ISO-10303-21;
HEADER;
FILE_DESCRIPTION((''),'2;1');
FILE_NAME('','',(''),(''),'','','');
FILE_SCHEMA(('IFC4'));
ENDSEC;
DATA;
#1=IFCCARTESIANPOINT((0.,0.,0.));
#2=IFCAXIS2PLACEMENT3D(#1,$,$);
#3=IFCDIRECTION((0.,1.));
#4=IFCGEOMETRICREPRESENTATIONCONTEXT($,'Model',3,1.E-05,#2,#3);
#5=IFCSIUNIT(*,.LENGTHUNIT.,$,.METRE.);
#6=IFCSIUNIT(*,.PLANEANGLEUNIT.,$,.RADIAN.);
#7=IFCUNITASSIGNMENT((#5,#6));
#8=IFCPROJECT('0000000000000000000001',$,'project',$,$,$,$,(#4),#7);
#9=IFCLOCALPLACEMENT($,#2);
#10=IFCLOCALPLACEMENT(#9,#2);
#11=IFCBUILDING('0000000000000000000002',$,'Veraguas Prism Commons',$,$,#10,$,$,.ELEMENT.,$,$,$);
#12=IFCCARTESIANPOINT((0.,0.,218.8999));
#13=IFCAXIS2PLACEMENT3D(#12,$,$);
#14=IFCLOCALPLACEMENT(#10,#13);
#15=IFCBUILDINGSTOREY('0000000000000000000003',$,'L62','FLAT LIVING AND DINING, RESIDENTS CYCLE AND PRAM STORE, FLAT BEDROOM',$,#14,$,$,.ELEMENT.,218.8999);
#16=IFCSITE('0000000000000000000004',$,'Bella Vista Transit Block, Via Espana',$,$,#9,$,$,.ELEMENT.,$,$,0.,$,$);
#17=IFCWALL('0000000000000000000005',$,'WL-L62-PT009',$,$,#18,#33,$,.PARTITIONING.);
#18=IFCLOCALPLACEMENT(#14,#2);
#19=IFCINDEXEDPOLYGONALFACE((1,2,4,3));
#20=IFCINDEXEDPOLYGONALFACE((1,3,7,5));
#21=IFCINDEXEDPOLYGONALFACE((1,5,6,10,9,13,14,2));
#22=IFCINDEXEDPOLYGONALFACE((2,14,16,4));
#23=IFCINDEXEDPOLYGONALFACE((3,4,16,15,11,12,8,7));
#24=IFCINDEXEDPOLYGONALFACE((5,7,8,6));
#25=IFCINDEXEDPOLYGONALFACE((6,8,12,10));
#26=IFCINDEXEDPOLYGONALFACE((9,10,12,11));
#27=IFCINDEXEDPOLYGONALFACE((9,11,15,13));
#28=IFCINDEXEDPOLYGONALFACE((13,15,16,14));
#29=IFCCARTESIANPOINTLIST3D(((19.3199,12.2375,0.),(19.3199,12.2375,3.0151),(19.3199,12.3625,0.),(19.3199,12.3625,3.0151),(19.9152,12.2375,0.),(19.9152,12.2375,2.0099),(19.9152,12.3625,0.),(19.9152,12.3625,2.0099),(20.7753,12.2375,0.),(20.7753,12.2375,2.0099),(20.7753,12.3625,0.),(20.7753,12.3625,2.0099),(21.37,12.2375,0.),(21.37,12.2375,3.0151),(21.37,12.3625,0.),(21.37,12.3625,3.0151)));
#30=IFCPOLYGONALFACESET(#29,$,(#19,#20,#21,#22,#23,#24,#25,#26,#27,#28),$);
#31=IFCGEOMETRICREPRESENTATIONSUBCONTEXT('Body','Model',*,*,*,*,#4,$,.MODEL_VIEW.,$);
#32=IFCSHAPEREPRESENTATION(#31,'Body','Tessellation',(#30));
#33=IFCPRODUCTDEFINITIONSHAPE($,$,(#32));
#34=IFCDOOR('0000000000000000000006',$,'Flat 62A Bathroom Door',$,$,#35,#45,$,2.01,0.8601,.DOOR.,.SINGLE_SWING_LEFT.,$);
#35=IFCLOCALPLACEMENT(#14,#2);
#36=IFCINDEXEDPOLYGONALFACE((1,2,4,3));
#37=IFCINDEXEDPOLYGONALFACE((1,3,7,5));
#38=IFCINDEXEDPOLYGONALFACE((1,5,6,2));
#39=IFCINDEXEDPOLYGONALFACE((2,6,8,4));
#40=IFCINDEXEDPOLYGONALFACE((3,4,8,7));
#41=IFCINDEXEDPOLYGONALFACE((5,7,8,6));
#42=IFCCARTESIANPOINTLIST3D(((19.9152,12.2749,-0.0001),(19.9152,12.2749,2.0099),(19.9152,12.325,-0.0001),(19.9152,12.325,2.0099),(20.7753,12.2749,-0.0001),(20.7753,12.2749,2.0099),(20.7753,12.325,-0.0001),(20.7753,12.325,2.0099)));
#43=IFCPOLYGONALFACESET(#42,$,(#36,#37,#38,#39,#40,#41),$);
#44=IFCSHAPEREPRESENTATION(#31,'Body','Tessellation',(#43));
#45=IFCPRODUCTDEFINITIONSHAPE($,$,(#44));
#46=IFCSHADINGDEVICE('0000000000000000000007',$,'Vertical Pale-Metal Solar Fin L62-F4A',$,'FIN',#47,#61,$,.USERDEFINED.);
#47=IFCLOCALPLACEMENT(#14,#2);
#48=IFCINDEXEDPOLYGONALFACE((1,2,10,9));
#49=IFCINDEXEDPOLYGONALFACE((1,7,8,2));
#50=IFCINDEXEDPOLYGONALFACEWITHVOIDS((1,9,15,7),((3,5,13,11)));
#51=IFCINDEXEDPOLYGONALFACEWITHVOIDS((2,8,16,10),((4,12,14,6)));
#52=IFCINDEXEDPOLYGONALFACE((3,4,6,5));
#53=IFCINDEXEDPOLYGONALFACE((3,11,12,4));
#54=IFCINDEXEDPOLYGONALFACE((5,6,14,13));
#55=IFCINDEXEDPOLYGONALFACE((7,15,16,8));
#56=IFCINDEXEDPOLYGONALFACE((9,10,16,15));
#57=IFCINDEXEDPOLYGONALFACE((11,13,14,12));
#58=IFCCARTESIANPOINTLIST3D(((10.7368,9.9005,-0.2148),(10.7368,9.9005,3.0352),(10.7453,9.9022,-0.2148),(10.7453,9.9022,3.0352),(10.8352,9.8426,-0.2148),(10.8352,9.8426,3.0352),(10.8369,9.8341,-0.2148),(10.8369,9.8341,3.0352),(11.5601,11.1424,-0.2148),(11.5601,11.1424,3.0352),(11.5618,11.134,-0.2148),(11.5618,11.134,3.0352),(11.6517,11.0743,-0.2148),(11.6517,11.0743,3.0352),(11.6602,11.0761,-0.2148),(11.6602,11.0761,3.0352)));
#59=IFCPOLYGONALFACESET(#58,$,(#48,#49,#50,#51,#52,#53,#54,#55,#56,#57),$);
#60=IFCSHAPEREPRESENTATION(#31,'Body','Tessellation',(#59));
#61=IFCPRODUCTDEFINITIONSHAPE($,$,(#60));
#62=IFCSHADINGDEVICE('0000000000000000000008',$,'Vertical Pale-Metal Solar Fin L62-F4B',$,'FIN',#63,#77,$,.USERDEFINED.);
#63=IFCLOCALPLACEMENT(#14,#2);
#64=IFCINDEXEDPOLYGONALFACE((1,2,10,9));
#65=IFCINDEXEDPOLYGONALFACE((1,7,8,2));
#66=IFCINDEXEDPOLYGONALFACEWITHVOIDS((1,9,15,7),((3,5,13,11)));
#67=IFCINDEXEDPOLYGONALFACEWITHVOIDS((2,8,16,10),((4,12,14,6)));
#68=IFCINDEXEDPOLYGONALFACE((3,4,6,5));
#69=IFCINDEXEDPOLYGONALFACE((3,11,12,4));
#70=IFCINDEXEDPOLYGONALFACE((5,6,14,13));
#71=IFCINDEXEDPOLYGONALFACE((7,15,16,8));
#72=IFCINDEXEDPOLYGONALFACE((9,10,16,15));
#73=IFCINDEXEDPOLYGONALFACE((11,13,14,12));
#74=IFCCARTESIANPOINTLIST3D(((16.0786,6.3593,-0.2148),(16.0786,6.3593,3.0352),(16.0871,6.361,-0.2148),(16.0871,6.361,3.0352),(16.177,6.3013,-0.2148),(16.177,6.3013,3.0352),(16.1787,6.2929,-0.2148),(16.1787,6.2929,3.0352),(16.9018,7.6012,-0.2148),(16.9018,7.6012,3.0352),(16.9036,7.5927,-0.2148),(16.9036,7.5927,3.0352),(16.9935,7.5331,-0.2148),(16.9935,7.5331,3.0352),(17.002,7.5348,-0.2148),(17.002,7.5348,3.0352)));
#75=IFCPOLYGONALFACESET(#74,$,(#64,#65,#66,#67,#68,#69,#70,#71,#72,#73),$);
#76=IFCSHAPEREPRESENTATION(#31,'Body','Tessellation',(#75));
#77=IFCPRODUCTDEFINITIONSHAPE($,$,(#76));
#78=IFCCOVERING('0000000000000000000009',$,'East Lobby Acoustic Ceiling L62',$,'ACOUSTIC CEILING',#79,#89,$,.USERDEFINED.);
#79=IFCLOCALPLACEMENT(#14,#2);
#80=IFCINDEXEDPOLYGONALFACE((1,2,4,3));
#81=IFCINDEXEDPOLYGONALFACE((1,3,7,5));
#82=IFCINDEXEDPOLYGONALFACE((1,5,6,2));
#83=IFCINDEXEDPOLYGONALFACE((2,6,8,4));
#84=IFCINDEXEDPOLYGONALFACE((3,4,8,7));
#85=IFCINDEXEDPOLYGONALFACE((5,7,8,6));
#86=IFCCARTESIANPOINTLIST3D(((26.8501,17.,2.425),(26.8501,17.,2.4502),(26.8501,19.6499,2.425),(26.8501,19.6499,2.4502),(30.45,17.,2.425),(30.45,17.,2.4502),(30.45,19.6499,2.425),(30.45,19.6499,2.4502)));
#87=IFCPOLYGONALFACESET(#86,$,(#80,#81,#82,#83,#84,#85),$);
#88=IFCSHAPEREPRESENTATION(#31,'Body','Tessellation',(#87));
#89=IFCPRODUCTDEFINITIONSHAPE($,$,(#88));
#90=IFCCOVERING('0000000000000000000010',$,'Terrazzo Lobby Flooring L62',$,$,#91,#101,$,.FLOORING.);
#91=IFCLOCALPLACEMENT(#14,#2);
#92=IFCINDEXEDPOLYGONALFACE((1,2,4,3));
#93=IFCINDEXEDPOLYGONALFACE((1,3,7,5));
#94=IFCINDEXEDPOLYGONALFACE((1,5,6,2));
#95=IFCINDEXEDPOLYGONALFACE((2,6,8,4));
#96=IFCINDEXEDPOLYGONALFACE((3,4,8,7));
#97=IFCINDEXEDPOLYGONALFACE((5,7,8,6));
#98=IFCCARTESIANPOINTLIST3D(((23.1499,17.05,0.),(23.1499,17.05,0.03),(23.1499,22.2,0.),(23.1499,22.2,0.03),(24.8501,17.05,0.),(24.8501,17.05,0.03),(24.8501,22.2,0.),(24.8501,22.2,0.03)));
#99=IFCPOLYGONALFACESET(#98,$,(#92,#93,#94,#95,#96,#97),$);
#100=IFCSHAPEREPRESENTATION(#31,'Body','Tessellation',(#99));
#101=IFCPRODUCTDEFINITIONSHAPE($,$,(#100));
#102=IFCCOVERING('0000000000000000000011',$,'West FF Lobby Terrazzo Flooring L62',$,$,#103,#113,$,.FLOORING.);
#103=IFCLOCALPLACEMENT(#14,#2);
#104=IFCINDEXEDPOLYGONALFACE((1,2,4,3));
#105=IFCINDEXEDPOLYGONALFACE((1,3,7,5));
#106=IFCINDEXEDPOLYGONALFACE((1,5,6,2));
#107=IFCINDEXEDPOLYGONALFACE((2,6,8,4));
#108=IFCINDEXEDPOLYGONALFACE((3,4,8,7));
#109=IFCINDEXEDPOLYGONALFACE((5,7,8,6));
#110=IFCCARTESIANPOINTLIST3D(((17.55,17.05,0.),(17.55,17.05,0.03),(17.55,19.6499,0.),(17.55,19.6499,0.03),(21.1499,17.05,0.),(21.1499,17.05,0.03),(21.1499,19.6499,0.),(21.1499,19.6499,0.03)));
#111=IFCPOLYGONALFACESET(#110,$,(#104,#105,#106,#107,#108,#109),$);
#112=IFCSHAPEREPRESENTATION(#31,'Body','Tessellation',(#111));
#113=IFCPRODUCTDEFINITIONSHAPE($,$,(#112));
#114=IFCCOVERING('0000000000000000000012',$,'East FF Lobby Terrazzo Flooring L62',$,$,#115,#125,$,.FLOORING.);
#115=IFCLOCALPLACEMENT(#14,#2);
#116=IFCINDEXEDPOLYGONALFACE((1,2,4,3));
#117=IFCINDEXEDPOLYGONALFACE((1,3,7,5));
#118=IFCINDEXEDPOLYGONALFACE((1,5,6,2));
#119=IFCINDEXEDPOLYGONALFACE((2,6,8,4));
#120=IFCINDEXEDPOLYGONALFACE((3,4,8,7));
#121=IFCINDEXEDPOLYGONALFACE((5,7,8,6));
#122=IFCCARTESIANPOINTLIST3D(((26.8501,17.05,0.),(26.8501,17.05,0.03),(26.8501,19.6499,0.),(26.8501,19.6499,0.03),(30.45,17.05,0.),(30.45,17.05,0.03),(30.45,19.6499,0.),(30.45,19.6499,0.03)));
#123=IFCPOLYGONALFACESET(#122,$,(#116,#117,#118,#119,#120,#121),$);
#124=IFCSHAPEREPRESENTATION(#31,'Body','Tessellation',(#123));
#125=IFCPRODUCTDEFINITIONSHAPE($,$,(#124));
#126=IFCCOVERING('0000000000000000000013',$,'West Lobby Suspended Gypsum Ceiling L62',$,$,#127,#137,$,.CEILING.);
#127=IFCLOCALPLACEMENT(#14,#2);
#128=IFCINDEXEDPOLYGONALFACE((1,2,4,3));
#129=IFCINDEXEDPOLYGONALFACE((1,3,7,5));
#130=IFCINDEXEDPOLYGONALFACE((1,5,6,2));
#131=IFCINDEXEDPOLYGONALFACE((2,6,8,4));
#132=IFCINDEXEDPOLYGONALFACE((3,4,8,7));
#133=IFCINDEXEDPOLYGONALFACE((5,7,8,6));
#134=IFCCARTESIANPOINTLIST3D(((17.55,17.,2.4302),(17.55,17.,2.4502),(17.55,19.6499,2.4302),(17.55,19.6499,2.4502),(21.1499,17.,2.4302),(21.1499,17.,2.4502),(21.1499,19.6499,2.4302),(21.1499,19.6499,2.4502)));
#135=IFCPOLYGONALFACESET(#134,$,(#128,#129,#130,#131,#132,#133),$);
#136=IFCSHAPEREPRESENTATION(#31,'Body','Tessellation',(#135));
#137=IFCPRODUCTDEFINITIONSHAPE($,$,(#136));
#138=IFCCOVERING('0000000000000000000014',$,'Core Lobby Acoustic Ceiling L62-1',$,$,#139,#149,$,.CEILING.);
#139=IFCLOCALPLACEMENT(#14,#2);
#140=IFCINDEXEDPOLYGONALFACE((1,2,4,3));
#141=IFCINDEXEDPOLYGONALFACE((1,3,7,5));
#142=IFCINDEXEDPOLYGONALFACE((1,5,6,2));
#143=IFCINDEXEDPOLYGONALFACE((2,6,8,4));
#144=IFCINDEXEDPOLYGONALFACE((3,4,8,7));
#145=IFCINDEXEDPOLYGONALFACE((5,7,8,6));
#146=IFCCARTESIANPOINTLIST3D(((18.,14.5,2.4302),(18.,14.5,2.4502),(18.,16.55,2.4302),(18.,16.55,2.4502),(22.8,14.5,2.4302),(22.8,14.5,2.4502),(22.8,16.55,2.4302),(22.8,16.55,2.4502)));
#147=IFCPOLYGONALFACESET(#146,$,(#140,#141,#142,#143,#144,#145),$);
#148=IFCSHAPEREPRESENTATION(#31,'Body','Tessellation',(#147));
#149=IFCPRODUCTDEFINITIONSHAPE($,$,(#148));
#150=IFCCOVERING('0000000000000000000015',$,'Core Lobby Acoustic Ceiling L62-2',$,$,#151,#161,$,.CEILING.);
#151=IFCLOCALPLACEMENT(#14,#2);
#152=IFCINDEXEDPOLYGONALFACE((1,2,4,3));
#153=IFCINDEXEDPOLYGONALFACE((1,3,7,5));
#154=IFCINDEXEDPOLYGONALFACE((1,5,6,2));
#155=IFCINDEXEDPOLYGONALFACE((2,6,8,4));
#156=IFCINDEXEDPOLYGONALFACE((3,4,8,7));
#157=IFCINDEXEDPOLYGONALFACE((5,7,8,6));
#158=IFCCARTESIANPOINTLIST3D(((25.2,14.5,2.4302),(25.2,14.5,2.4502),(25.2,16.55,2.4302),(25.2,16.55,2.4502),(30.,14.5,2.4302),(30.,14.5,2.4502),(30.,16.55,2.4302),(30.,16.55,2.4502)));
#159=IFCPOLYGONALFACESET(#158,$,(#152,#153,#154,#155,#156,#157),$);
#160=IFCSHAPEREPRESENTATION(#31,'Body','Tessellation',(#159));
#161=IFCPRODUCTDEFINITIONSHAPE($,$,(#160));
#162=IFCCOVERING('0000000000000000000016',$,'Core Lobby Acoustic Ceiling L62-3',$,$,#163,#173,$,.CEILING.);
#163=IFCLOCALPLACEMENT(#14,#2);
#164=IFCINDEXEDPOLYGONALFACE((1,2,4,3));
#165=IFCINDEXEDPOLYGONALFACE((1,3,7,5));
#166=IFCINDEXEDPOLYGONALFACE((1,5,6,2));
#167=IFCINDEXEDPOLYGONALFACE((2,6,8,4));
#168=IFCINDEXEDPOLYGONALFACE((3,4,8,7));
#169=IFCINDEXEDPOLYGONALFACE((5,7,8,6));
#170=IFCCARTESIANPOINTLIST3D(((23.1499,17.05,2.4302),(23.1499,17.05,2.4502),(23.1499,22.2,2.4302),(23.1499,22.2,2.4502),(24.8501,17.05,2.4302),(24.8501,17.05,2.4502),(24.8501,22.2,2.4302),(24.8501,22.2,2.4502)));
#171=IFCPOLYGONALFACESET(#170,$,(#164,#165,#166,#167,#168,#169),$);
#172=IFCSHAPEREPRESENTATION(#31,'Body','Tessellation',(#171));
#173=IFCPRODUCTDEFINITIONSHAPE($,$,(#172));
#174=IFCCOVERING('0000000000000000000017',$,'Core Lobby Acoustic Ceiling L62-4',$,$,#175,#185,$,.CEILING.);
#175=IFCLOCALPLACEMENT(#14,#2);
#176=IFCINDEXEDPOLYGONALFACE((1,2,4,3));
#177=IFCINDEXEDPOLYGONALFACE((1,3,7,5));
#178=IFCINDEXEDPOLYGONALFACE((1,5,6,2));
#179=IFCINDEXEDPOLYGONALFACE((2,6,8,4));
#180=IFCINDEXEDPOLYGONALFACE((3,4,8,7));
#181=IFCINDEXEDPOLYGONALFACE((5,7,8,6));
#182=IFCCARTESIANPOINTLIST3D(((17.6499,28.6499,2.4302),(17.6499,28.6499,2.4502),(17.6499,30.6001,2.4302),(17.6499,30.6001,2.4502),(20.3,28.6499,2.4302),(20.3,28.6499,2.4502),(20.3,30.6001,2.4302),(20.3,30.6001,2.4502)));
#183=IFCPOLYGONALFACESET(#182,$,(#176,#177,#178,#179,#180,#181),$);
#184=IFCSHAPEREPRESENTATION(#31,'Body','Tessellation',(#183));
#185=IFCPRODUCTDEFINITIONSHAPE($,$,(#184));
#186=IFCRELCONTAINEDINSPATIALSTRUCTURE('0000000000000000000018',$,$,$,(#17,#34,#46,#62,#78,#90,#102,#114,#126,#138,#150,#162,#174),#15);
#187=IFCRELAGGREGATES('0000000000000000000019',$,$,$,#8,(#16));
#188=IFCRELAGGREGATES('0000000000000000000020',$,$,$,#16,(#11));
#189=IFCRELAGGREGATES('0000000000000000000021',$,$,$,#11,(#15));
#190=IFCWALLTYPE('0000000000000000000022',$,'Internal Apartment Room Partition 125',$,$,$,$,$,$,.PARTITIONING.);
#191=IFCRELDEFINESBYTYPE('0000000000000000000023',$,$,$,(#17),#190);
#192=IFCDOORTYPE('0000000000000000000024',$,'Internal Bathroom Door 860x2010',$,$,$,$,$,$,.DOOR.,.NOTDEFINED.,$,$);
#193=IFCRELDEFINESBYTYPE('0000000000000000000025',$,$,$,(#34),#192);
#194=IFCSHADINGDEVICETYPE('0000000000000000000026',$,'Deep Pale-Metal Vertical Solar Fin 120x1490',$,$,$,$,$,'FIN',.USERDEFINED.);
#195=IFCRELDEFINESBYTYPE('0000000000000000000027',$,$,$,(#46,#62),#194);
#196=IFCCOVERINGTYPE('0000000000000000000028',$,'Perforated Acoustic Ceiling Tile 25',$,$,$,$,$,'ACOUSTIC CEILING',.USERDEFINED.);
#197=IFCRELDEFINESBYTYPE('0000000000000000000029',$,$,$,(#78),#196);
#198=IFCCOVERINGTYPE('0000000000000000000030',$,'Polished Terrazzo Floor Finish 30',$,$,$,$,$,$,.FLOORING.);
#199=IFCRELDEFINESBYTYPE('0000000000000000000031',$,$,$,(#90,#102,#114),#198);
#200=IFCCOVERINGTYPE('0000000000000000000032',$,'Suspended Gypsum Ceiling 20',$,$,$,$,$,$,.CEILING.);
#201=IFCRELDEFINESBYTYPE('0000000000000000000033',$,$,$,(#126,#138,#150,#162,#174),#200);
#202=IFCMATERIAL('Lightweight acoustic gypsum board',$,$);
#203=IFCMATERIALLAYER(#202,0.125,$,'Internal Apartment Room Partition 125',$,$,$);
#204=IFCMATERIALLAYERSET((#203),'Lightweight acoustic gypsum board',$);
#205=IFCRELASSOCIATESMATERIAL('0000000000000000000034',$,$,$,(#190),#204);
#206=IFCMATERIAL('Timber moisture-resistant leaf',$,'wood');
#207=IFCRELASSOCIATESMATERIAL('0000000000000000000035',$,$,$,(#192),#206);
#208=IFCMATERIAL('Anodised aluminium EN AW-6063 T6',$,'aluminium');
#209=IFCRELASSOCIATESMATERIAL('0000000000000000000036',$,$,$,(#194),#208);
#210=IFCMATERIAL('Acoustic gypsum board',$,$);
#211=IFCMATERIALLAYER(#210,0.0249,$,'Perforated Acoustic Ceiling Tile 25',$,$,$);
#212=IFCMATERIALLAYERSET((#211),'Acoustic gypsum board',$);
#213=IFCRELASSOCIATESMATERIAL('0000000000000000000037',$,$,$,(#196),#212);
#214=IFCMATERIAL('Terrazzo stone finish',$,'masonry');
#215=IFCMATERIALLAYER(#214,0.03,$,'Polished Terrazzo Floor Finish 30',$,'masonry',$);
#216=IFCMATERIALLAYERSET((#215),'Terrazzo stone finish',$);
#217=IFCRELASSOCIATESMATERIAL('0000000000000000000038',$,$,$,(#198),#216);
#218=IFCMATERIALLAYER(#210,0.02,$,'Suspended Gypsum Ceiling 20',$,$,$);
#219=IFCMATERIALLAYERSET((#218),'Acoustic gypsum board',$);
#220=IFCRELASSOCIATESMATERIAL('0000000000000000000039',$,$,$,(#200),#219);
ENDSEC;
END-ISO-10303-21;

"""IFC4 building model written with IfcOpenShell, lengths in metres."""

from ifc_helpers import new_model, si_unit, direction, frame, frame_2d, origin, origin_2d, place, context, subcontext, project, spatial, polyline, rectangle, hollow_rectangle, outline, extrude, source, transform, mapped, material, layer, layer_set, material_profile, profile_set, type_object, element, fill, save


model = new_model("IFC4")

# Units and contexts
model_context = context("Model", 3, precision=1e-05, world=origin(), true_north=direction((0.0, 1.0)))
body_context = subcontext(model_context, "Body", "Model", "MODEL_VIEW")
ifc_project = project(units=[si_unit("LENGTHUNIT", "METRE"), si_unit("PLANEANGLEUNIT", "RADIAN")], contexts=[model_context])

# Site, building, storey
site_placement = place(None, origin())
site = spatial("IfcSite", under=ifc_project, at=site_placement, Name="Bella Vista Transit Block, Via Espana", CompositionType="ELEMENT", RefElevation=0.0)
building_placement = place(site_placement, origin())
building = spatial("IfcBuilding", under=site, at=building_placement, Name="Veraguas Prism Commons", CompositionType="ELEMENT")
storey_placement = place(building_placement, frame((0.0, 0.0, 218.8999)))
storey = spatial("IfcBuildingStorey", under=building, at=storey_placement, Name="L62", Description="FLAT LIVING AND DINING, RESIDENTS CYCLE AND PRAM STORE, FLAT BEDROOM", CompositionType="ELEMENT", Elevation=218.8999)

# Shared definitions
ifc_material_1 = material(Name="Anodised aluminium EN AW-6063 T6", Category="aluminium")

# Wall, opening, door
ifc_material_2 = material(Name="Lightweight acoustic gypsum board")
ifc_layer_1 = layer(ifc_material_2, 0.125, Name="Internal Apartment Room Partition 125")
ifc_layer_set_1 = layer_set([ifc_layer_1], Name="Lightweight acoustic gypsum board")
wall_type_1 = type_object("IfcWallType", Name="Internal Apartment Room Partition 125", PredefinedType="PARTITIONING", material=ifc_layer_set_1)
wall_1_placement = place(storey_placement, frame((19.3201, 12.3, 0.0), z_axis=(0.0, 0.0, 1.0), x_axis=(1.0, 0.0, 0.0)))
wall_1 = element("IfcWall", 1, at=wall_1_placement, inside=storey, type_object=wall_type_1, Name="WL-L62-PT009", PredefinedType="PARTITIONING", context=body_context, shape_type="SweptSolid", body=[
    extrude(rectangle(XDim=2.05, YDim=0.125, at=frame_2d((1.0249, 0.0))), origin(), (0.0, 0.0, 1.0), 3.0151),
])
opening_1_placement = place(wall_1_placement, frame((0.595, 0.0, 0.0)))
opening_1 = element("IfcOpeningElement", 2, at=opening_1_placement, cuts=wall_1, PredefinedType="OPENING", context=body_context, shape_type="SweptSolid", body=[
    extrude(rectangle(XDim=0.8601, YDim=2.01, at=frame_2d((0.4302, 1.0049))), frame((0.0, 0.0725, 0.0), z_axis=(0.0, -1.0, 0.0), x_axis=(1.0, 0.0, 0.0)), (0.0, 0.0, 1.0), 0.145),
])
ifc_material_3 = material(Name="Timber moisture-resistant leaf", Category="wood")
door_type_1 = type_object("IfcDoorType", Name="Internal Bathroom Door 860x2010", OperationType="NOTDEFINED", PredefinedType="DOOR", material=ifc_material_3)
shared_shape_1 = source(origin(), body_context, "Body", "SweptSolid", [
    extrude(rectangle(XDim=0.8601, YDim=2.01, at=frame_2d((0.4302, 1.0049))), frame((0.0, 0.0249, 0.0), z_axis=(0.0, -1.0, 0.0), x_axis=(1.0, 0.0, 0.0)), (0.0, 0.0, 1.0), 0.05),
])
door_1_placement = place(opening_1_placement, origin())
door_1 = element("IfcDoor", 3, at=door_1_placement, inside=storey, type_object=door_type_1, Name="Flat 62A Bathroom Door", OperationType="SINGLE_SWING_LEFT", OverallHeight=2.01, OverallWidth=0.8601, PredefinedType="DOOR", context=body_context, shape_type="MappedRepresentation", body=[
    mapped(shared_shape_1, transform((0.0, 0.0, 0.0), scale=1.0)),
])
fill(opening_1, door_1)

# Shading devices
ifc_material_profile_1 = material_profile(ifc_material_1, hollow_rectangle(XDim=0.1201, YDim=1.49, WallThickness=0.0061, at=origin_2d()), Name="FIN120X1490X6")
ifc_profile_set_1 = profile_set([ifc_material_profile_1], Name="Anodised aluminium EN AW-6063 T6")
shading_device_type = type_object("IfcShadingDeviceType", Name="Deep Pale-Metal Vertical Solar Fin 120x1490", ElementType="FIN", PredefinedType="USERDEFINED", material=ifc_profile_set_1)
for number, where, z_axis, x_axis, name in (
    (4, (11.1985, 10.4883, -0.2148), (0.0, 0.0, 1.0), (0.8335, -0.552519, 0.0), "Vertical Pale-Metal Solar Fin L62-F4A"),
    (5, (16.5403, 6.947, -0.2148), (0.0, 0.0, 1.0), (0.8335, -0.552519, 0.0), "Vertical Pale-Metal Solar Fin L62-F4B"),
):
    element("IfcShadingDevice", number, at=place(storey_placement, frame(where, z_axis=z_axis, x_axis=x_axis)), inside=storey, type_object=shading_device_type, Name=name, ObjectType="FIN", PredefinedType="USERDEFINED", context=body_context, shape_type="SweptSolid", body=[
        extrude(hollow_rectangle(XDim=0.1201, YDim=1.49, WallThickness=0.0061, at=origin_2d()), origin(), (0.0, 0.0, 1.0), 3.25),
    ])

# Coverings
ifc_material_4 = material(Name="Acoustic gypsum board")
ifc_layer_2 = layer(ifc_material_4, 0.0249, Name="Perforated Acoustic Ceiling Tile 25")
ifc_layer_set_2 = layer_set([ifc_layer_2], Name="Acoustic gypsum board")
covering_type_1 = type_object("IfcCoveringType", Name="Perforated Acoustic Ceiling Tile 25", ElementType="ACOUSTIC CEILING", PredefinedType="USERDEFINED", material=ifc_layer_set_2)
covering_1_placement = place(storey_placement, frame((0.0, 0.0, 2.425)))
element("IfcCovering", 6, at=covering_1_placement, inside=storey, type_object=covering_type_1, Name="East Lobby Acoustic Ceiling L62", ObjectType="ACOUSTIC CEILING", PredefinedType="USERDEFINED", context=body_context, shape_type="SweptSolid", body=[
    extrude(outline(polyline([(26.8501, 17.0), (30.45, 17.0), (30.45, 19.6499), (26.8501, 19.6499), (26.8501, 17.0)])), origin(), (0.0, 0.0, 1.0), 0.0251),
])
ifc_material_5 = material(Name="Terrazzo stone finish", Category="masonry")
ifc_layer_3 = layer(ifc_material_5, 0.03, Name="Polished Terrazzo Floor Finish 30", Category="masonry")
ifc_layer_set_3 = layer_set([ifc_layer_3], Name="Terrazzo stone finish")
covering_type_2 = type_object("IfcCoveringType", Name="Polished Terrazzo Floor Finish 30", PredefinedType="FLOORING", material=ifc_layer_set_3)
covering_2_placement = place(storey_placement, origin())
element("IfcCovering", 7, at=covering_2_placement, inside=storey, type_object=covering_type_2, Name="Terrazzo Lobby Flooring L62", PredefinedType="FLOORING", context=body_context, shape_type="SweptSolid", body=[
    extrude(outline(polyline([(23.1499, 17.05), (24.8501, 17.05), (24.8501, 22.2), (23.1499, 22.2), (23.1499, 17.05)])), origin(), (0.0, 0.0, 1.0), 0.03),
])
covering_3_placement = place(storey_placement, origin())
element("IfcCovering", 8, at=covering_3_placement, inside=storey, type_object=covering_type_2, Name="West FF Lobby Terrazzo Flooring L62", PredefinedType="FLOORING", context=body_context, shape_type="SweptSolid", body=[
    extrude(outline(polyline([(17.55, 17.05), (21.1499, 17.05), (21.1499, 19.6499), (17.55, 19.6499), (17.55, 17.05)])), origin(), (0.0, 0.0, 1.0), 0.03),
])
covering_4_placement = place(storey_placement, origin())
element("IfcCovering", 9, at=covering_4_placement, inside=storey, type_object=covering_type_2, Name="East FF Lobby Terrazzo Flooring L62", PredefinedType="FLOORING", context=body_context, shape_type="SweptSolid", body=[
    extrude(outline(polyline([(26.8501, 17.05), (30.45, 17.05), (30.45, 19.6499), (26.8501, 19.6499), (26.8501, 17.05)])), origin(), (0.0, 0.0, 1.0), 0.03),
])
ifc_layer_4 = layer(ifc_material_4, 0.02, Name="Suspended Gypsum Ceiling 20")
ifc_layer_set_4 = layer_set([ifc_layer_4], Name="Acoustic gypsum board")
covering_type_3 = type_object("IfcCoveringType", Name="Suspended Gypsum Ceiling 20", PredefinedType="CEILING", material=ifc_layer_set_4)
covering_5_placement = place(storey_placement, frame((0.0, 0.0, 2.4302)))
element("IfcCovering", 10, at=covering_5_placement, inside=storey, type_object=covering_type_3, Name="West Lobby Suspended Gypsum Ceiling L62", PredefinedType="CEILING", context=body_context, shape_type="SweptSolid", body=[
    extrude(outline(polyline([(17.55, 17.0), (21.1499, 17.0), (21.1499, 19.6499), (17.55, 19.6499), (17.55, 17.0)])), origin(), (0.0, 0.0, 1.0), 0.02),
])
covering_6_placement = place(storey_placement, frame((0.0, 0.0, 2.4302)))
element("IfcCovering", 11, at=covering_6_placement, inside=storey, type_object=covering_type_3, Name="Core Lobby Acoustic Ceiling L62-1", PredefinedType="CEILING", context=body_context, shape_type="SweptSolid", body=[
    extrude(outline(polyline([(18.0, 14.5), (22.8, 14.5), (22.8, 16.55), (18.0, 16.55), (18.0, 14.5)])), origin(), (0.0, 0.0, 1.0), 0.02),
])
covering_7_placement = place(storey_placement, frame((0.0, 0.0, 2.4302)))
element("IfcCovering", 12, at=covering_7_placement, inside=storey, type_object=covering_type_3, Name="Core Lobby Acoustic Ceiling L62-2", PredefinedType="CEILING", context=body_context, shape_type="SweptSolid", body=[
    extrude(outline(polyline([(25.2, 14.5), (30.0, 14.5), (30.0, 16.55), (25.2, 16.55), (25.2, 14.5)])), origin(), (0.0, 0.0, 1.0), 0.02),
])
covering_8_placement = place(storey_placement, frame((0.0, 0.0, 2.4302)))
element("IfcCovering", 13, at=covering_8_placement, inside=storey, type_object=covering_type_3, Name="Core Lobby Acoustic Ceiling L62-3", PredefinedType="CEILING", context=body_context, shape_type="SweptSolid", body=[
    extrude(outline(polyline([(23.1499, 17.05), (24.8501, 17.05), (24.8501, 22.2), (23.1499, 22.2), (23.1499, 17.05)])), origin(), (0.0, 0.0, 1.0), 0.02),
])
covering_9_placement = place(storey_placement, frame((0.0, 0.0, 2.4302)))
element("IfcCovering", 14, at=covering_9_placement, inside=storey, type_object=covering_type_3, Name="Core Lobby Acoustic Ceiling L62-4", PredefinedType="CEILING", context=body_context, shape_type="SweptSolid", body=[
    extrude(outline(polyline([(17.6499, 28.6499), (20.3, 28.6499), (20.3, 30.6001), (17.6499, 30.6001), (17.6499, 28.6499)])), origin(), (0.0, 0.0, 1.0), 0.02),
])

save(model, "model.ifc")
